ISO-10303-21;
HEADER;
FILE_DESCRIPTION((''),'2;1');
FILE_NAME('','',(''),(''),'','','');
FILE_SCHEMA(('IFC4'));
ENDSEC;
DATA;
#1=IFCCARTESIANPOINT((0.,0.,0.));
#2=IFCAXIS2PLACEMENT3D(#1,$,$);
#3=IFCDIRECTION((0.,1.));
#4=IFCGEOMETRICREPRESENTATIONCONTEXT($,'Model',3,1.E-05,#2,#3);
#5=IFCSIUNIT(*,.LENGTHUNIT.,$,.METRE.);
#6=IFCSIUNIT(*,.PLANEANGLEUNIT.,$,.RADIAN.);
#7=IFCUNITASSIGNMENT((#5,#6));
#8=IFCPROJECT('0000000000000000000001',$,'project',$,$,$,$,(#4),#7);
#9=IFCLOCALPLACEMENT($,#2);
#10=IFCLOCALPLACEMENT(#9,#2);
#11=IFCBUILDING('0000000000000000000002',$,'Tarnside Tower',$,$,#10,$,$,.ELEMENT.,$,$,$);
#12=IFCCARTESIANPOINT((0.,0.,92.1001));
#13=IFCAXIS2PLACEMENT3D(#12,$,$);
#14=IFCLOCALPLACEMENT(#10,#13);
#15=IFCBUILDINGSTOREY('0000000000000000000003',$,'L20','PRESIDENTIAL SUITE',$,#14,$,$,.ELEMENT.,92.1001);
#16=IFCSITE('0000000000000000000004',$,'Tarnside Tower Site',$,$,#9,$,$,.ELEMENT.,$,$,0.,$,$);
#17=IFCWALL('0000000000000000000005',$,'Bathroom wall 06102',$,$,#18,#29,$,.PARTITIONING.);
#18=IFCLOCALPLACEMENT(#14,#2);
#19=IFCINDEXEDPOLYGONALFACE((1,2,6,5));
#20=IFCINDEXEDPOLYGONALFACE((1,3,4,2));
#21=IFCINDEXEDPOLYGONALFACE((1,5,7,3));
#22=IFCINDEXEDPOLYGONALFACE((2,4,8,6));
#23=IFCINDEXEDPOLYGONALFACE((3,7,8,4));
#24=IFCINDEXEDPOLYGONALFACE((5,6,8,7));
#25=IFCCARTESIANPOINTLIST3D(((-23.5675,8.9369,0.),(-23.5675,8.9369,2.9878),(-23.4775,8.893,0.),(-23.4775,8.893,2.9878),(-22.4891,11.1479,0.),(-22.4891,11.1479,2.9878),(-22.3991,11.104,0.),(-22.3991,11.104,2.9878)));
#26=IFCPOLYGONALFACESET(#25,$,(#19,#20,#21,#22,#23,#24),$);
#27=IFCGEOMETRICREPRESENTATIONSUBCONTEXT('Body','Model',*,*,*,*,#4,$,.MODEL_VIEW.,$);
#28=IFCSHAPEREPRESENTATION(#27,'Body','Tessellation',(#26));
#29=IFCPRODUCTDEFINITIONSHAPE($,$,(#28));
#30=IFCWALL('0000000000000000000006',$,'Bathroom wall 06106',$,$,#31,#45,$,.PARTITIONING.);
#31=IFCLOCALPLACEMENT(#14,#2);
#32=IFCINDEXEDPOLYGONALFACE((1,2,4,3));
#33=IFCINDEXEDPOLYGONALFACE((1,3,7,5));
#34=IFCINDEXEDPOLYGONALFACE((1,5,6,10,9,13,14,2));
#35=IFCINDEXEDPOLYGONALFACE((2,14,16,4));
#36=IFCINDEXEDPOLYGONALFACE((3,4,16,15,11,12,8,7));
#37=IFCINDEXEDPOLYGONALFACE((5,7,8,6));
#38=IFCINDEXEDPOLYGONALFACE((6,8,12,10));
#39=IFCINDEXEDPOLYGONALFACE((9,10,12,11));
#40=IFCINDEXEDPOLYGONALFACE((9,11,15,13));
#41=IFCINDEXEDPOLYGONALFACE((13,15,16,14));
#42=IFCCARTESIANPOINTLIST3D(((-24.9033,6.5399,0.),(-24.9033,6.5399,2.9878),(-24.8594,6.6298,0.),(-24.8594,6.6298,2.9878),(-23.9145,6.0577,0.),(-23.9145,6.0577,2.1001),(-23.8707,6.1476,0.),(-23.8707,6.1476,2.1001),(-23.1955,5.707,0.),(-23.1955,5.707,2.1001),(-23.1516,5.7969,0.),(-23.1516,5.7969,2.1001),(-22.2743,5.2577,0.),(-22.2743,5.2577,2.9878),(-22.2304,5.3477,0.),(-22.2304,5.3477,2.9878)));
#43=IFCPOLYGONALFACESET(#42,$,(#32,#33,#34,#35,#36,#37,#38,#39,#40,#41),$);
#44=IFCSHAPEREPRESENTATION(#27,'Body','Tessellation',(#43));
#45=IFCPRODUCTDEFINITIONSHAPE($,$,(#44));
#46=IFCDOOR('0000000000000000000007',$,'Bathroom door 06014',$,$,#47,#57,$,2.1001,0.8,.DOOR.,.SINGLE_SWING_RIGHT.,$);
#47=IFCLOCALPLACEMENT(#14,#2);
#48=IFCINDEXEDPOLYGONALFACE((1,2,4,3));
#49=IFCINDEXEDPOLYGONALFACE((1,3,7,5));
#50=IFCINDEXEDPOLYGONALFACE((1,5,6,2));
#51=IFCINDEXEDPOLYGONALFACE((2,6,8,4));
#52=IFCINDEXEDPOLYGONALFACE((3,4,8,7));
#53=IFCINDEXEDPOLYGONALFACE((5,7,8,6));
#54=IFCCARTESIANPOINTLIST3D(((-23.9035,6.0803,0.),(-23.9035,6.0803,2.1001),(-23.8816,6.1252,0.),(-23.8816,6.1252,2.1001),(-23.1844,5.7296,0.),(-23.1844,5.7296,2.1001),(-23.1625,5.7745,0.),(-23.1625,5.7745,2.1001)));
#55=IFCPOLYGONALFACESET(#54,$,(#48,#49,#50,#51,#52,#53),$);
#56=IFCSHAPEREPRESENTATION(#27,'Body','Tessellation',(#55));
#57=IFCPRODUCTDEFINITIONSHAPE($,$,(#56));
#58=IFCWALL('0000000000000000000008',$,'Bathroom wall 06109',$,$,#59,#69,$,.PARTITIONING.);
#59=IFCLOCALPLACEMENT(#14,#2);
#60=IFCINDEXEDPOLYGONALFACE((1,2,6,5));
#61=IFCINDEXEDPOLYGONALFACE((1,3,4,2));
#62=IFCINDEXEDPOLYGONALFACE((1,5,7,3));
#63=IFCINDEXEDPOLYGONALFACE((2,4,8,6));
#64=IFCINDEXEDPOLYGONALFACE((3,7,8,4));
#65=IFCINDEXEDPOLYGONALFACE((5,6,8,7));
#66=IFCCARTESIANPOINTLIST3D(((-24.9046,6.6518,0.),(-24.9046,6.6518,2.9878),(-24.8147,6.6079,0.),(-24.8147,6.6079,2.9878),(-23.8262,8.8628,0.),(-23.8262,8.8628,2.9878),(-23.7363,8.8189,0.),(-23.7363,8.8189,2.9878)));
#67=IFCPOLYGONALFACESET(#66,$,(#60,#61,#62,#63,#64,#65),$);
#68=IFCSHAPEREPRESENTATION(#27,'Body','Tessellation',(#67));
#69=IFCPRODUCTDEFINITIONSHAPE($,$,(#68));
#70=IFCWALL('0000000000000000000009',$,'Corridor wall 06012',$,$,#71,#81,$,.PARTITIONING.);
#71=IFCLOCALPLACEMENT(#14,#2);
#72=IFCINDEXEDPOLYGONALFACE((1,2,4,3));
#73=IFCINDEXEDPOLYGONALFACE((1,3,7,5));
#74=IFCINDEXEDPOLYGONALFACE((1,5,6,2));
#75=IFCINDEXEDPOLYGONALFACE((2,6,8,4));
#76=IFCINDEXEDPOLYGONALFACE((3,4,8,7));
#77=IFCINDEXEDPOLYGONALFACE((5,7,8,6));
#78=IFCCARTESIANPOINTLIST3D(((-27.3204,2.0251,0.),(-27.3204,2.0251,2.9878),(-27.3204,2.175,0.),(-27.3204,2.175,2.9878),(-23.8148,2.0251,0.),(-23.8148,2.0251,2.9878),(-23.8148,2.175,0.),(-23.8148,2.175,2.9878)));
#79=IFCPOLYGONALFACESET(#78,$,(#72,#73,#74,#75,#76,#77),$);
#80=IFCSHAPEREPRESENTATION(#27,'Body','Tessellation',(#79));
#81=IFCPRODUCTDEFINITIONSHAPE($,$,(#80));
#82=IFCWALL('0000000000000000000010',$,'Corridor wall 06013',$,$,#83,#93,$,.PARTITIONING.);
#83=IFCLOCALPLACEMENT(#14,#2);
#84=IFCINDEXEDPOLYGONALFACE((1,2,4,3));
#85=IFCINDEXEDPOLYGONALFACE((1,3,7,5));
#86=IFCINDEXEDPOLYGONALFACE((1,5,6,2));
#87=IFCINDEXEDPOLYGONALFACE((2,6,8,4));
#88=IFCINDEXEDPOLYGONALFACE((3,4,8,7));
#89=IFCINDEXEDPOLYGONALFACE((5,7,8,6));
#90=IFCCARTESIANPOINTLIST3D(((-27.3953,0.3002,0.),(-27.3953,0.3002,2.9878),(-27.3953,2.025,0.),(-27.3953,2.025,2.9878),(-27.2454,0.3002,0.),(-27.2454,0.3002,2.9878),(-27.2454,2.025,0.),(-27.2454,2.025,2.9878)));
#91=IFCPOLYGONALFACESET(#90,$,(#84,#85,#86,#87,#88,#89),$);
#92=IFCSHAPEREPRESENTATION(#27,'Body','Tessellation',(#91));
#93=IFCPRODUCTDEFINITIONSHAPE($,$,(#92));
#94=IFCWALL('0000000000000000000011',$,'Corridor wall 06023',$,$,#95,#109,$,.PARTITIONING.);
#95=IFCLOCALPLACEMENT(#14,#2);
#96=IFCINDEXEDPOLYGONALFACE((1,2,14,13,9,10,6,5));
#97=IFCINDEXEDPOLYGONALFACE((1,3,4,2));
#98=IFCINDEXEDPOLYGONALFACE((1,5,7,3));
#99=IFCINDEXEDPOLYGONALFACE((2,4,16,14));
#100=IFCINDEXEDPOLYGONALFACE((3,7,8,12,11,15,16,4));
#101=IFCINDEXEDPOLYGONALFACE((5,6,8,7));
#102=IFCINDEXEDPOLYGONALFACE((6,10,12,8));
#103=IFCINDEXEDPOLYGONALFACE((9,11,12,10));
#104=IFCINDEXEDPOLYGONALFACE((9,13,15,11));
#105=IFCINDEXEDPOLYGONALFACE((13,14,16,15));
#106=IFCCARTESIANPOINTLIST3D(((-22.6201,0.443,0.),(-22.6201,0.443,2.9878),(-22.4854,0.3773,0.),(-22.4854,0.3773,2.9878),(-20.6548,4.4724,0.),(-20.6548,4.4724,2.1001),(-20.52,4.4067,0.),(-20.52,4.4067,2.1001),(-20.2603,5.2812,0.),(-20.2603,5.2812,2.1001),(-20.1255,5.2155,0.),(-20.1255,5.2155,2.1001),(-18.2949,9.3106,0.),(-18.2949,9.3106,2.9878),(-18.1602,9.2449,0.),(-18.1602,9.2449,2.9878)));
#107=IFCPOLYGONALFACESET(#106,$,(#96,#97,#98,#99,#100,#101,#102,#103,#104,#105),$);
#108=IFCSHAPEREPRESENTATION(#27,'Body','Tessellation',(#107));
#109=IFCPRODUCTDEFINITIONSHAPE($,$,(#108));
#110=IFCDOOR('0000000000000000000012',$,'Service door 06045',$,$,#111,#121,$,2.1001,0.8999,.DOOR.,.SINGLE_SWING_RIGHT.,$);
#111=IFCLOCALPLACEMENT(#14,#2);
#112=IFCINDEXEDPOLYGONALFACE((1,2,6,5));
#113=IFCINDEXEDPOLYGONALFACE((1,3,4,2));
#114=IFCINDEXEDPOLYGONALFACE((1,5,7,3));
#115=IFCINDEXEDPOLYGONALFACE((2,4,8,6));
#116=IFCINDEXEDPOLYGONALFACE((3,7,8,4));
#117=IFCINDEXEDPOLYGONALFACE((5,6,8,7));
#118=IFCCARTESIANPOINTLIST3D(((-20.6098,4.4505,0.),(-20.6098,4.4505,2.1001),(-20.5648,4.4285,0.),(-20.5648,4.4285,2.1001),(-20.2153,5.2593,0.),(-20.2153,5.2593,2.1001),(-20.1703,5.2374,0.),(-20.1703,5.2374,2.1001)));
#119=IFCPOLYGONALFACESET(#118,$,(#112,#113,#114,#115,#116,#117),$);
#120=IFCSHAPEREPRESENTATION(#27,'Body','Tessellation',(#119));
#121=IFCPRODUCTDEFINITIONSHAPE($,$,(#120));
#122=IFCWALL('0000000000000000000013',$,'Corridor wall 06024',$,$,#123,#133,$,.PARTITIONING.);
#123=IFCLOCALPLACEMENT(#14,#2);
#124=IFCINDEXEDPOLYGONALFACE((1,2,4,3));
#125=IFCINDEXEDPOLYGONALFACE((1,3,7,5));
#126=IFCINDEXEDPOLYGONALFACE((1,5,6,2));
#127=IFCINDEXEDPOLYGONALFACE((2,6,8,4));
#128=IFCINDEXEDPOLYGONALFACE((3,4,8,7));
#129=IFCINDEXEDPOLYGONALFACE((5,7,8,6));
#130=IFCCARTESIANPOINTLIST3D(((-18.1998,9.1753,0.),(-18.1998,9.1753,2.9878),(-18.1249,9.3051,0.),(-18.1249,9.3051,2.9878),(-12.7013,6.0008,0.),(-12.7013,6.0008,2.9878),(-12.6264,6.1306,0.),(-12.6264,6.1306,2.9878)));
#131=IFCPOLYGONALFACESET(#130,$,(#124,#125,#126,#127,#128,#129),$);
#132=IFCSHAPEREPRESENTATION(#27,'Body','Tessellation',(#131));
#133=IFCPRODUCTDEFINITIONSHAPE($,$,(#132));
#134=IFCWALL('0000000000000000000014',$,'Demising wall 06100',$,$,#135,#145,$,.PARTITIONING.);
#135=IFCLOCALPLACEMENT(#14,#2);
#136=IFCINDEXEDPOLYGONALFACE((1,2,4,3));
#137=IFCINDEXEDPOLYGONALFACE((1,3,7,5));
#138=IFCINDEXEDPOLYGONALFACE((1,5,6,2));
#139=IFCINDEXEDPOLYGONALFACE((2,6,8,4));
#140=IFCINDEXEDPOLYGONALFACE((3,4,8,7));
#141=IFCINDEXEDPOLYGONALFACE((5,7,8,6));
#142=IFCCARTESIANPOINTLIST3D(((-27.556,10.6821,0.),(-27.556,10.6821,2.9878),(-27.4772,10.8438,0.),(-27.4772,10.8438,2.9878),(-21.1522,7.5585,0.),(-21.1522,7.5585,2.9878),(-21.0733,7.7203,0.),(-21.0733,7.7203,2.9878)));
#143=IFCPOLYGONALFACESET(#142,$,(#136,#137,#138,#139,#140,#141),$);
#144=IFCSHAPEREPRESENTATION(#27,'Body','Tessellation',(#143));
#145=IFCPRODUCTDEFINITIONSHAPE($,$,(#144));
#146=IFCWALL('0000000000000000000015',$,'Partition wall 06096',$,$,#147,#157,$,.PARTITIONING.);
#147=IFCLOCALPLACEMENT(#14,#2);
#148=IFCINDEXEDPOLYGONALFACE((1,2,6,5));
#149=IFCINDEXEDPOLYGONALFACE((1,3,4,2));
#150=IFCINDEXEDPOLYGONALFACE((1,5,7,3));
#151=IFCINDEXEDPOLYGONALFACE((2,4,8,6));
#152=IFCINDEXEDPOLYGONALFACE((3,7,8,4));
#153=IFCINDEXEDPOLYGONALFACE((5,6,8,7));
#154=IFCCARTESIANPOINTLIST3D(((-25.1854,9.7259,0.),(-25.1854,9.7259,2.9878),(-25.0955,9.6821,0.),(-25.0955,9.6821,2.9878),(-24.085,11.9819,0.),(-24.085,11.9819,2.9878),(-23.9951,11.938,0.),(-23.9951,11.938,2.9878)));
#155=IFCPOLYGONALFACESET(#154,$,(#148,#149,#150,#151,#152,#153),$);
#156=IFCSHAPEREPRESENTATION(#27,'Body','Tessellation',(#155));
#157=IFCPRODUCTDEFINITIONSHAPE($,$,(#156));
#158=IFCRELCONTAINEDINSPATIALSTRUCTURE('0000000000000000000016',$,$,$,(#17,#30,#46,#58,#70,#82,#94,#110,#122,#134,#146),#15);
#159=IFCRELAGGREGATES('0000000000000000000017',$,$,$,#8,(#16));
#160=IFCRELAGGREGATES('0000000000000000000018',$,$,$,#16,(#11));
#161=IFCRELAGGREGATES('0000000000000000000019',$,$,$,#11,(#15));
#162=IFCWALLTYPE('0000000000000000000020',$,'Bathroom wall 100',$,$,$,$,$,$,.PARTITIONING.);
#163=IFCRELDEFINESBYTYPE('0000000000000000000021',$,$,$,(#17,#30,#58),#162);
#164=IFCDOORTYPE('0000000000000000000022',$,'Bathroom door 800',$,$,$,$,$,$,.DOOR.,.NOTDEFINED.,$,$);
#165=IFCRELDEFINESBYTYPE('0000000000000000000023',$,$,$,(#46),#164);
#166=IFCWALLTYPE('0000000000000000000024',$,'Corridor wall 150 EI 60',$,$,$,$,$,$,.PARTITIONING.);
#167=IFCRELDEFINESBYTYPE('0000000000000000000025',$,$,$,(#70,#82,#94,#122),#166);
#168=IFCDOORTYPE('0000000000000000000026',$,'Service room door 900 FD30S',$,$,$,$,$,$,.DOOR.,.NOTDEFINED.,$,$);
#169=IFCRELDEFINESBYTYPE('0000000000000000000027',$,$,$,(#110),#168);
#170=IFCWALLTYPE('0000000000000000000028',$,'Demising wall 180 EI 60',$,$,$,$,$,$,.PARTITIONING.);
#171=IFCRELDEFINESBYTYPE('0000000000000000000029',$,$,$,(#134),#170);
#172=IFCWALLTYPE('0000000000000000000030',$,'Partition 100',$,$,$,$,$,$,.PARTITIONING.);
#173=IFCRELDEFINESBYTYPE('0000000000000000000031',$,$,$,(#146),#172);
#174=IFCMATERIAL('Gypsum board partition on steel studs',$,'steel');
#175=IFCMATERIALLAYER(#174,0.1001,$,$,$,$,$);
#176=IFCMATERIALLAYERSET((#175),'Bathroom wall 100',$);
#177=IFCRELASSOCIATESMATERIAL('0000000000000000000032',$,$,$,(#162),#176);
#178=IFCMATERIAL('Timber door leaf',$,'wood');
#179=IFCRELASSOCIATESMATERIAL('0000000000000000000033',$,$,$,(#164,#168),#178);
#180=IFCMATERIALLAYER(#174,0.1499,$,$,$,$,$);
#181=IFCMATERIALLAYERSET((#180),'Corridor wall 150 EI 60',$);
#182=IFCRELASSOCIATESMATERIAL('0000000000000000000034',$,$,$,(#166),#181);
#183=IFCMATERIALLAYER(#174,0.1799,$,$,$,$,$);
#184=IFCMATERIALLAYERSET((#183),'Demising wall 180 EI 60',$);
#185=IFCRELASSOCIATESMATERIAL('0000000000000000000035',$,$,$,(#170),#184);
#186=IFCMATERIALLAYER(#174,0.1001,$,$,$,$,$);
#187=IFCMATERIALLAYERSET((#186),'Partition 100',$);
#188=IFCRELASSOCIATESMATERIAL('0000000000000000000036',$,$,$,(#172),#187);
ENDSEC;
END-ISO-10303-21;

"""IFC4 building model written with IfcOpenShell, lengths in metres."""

from ifc_helpers import new_model, si_unit, direction, frame, frame_2d, origin, place, context, subcontext, project, spatial, rectangle, extrude, material, layer, layer_set, type_object, element, fill, save


model = new_model("IFC4")

# Units and contexts
model_context = context("Model", 3, precision=1e-05, world=origin(), true_north=direction((0.0, 1.0)))
body_context = subcontext(model_context, "Body", "Model", "MODEL_VIEW")
ifc_project = project(units=[si_unit("LENGTHUNIT", "METRE"), si_unit("PLANEANGLEUNIT", "RADIAN")], contexts=[model_context])

# Site, building, storey
site_placement = place(None, origin())
site = spatial("IfcSite", under=ifc_project, at=site_placement, Name="Tarnside Tower Site", CompositionType="ELEMENT", RefElevation=0.0)
building_placement = place(site_placement, origin())
building = spatial("IfcBuilding", under=site, at=building_placement, Name="Tarnside Tower", CompositionType="ELEMENT")
storey_placement = place(building_placement, frame((0.0, 0.0, 92.1001)))
storey = spatial("IfcBuildingStorey", under=building, at=storey_placement, Name="L20", Description="PRESIDENTIAL SUITE", CompositionType="ELEMENT", Elevation=92.1001)

# Wall
ifc_material_1 = material(Name="Gypsum board partition on steel studs", Category="steel")
ifc_layer_1 = layer(ifc_material_1, 0.1001)
ifc_layer_set_1 = layer_set([ifc_layer_1], Name="Bathroom wall 100")
wall_type_1 = type_object("IfcWallType", Name="Bathroom wall 100", PredefinedType="PARTITIONING", material=ifc_layer_set_1)
wall_1_placement = place(storey_placement, frame((-22.4441, 11.126, 0.0), z_axis=(0.0, 0.0, 1.0), x_axis=(-0.438379, -0.89879, 0.0)))
element("IfcWall", 1, at=wall_1_placement, inside=storey, type_object=wall_type_1, Name="Bathroom wall 06102", PredefinedType="PARTITIONING", context=body_context, shape_type="SweptSolid", body=[
    extrude(rectangle(XDim=2.46, YDim=0.1001, at=frame_2d((1.23, 0.0))), origin(), (0.0, 0.0, 1.0), 2.9878),
])

# Wall, opening, door
wall_2_placement = place(storey_placement, frame((-22.2524, 5.3027, 0.0), z_axis=(0.0, 0.0, 1.0), x_axis=(-0.898807, 0.438345, 0.0)))
wall_2 = element("IfcWall", 2, at=wall_2_placement, inside=storey, type_object=wall_type_1, Name="Bathroom wall 06106", PredefinedType="PARTITIONING", context=body_context, shape_type="SweptSolid", body=[
    extrude(rectangle(XDim=2.925, YDim=0.1001, at=frame_2d((1.4624, 0.0))), origin(), (0.0, 0.0, 1.0), 2.9878),
])
opening_1_placement = place(wall_2_placement, frame((1.0249, 0.0, 0.0)))
opening_1 = element("IfcOpeningElement", 3, at=opening_1_placement, cuts=wall_2, PredefinedType="OPENING", context=body_context, shape_type="SweptSolid", body=[
    extrude(rectangle(XDim=0.8, YDim=2.1001, at=frame_2d((0.3999, 1.05))), frame((0.0, 0.0601, 0.0), z_axis=(0.0, -1.0, 0.0), x_axis=(1.0, 0.0, 0.0)), (0.0, 0.0, 1.0), 0.1201),
])
ifc_material_2 = material(Name="Timber door leaf", Category="wood")
door_type_1 = type_object("IfcDoorType", Name="Bathroom door 800", OperationType="NOTDEFINED", PredefinedType="DOOR", material=ifc_material_2)
door_1_placement = place(opening_1_placement, origin())
door_1 = element("IfcDoor", 4, at=door_1_placement, inside=storey, type_object=door_type_1, Name="Bathroom door 06014", OperationType="SINGLE_SWING_RIGHT", OverallHeight=2.1001, OverallWidth=0.8, PredefinedType="DOOR", context=body_context, shape_type="SweptSolid", body=[
    extrude(rectangle(XDim=0.8, YDim=2.1001, at=frame_2d((0.3999, 1.05))), frame((0.0, 0.0249, 0.0), z_axis=(0.0, -1.0, 0.0), x_axis=(1.0, 0.0, 0.0)), (0.0, 0.0, 1.0), 0.05),
])
fill(opening_1, door_1)

# Walls
wall_3_placement = place(storey_placement, frame((-23.7812, 8.8408, 0.0), z_axis=(0.0, 0.0, 1.0), x_axis=(-0.438379, -0.89879, 0.0)))
element("IfcWall", 5, at=wall_3_placement, inside=storey, type_object=wall_type_1, Name="Bathroom wall 06109", PredefinedType="PARTITIONING", context=body_context, shape_type="SweptSolid", body=[
    extrude(rectangle(XDim=2.46, YDim=0.1001, at=frame_2d((1.23, 0.0))), origin(), (0.0, 0.0, 1.0), 2.9878),
])
ifc_layer_2 = layer(ifc_material_1, 0.1499)
ifc_layer_set_2 = layer_set([ifc_layer_2], Name="Corridor wall 150 EI 60")
wall_type_2 = type_object("IfcWallType", Name="Corridor wall 150 EI 60", PredefinedType="PARTITIONING", material=ifc_layer_set_2)
wall_4_placement = place(storey_placement, frame((-23.8147, 2.1001, 0.0), z_axis=(0.0, 0.0, 1.0), x_axis=(-1.0, 0.0, 0.0)))
element("IfcWall", 6, at=wall_4_placement, inside=storey, type_object=wall_type_2, Name="Corridor wall 06012", PredefinedType="PARTITIONING", context=body_context, shape_type="SweptSolid", body=[
    extrude(rectangle(XDim=3.5056, YDim=0.1499, at=frame_2d((1.7529, 0.0))), origin(), (0.0, 0.0, 1.0), 2.9878),
])
wall_5_placement = place(storey_placement, frame((-27.3203, 2.0249, 0.0), z_axis=(0.0, 0.0, 1.0), x_axis=(0.0, -1.0, 0.0)))
element("IfcWall", 7, at=wall_5_placement, inside=storey, type_object=wall_type_2, Name="Corridor wall 06013", PredefinedType="PARTITIONING", context=body_context, shape_type="SweptSolid", body=[
    extrude(rectangle(XDim=1.7249, YDim=0.1499, at=frame_2d((0.8623, 0.0))), origin(), (0.0, 0.0, 1.0), 2.9878),
])

# Wall, opening, door
wall_6_placement = place(storey_placement, frame((-22.5527, 0.4102, 0.0), z_axis=(0.0, 0.0, 1.0), x_axis=(0.438383, 0.898788, 0.0)))
wall_6 = element("IfcWall", 8, at=wall_6_placement, inside=storey, type_object=wall_type_2, Name="Corridor wall 06023", PredefinedType="PARTITIONING", context=body_context, shape_type="SweptSolid", body=[
    extrude(rectangle(XDim=9.8662, YDim=0.1499, at=frame_2d((4.9331, 0.0))), origin(), (0.0, 0.0, 1.0), 2.9878),
])
opening_2_placement = place(wall_6_placement, frame((4.4832, 0.0, 0.0)))
opening_2 = element("IfcOpeningElement", 9, at=opening_2_placement, cuts=wall_6, PredefinedType="OPENING", context=body_context, shape_type="SweptSolid", body=[
    extrude(rectangle(XDim=0.8999, YDim=2.1001, at=frame_2d((0.45, 1.05))), frame((0.0, 0.085, 0.0), z_axis=(0.0, -1.0, 0.0), x_axis=(1.0, 0.0, 0.0)), (0.0, 0.0, 1.0), 0.1699),
])
door_type_2 = type_object("IfcDoorType", Name="Service room door 900 FD30S", OperationType="NOTDEFINED", PredefinedType="DOOR", material=ifc_material_2)
door_2_placement = place(opening_2_placement, origin())
door_2 = element("IfcDoor", 10, at=door_2_placement, inside=storey, type_object=door_type_2, Name="Service door 06045", OperationType="SINGLE_SWING_RIGHT", OverallHeight=2.1001, OverallWidth=0.8999, PredefinedType="DOOR", context=body_context, shape_type="SweptSolid", body=[
    extrude(rectangle(XDim=0.8999, YDim=2.1001, at=frame_2d((0.45, 1.05))), frame((0.0, 0.0249, 0.0), z_axis=(0.0, -1.0, 0.0), x_axis=(1.0, 0.0, 0.0)), (0.0, 0.0, 1.0), 0.05),
])
fill(opening_2, door_2)

# Walls
wall_7_placement = place(storey_placement, frame((-18.1624, 9.2402, 0.0), z_axis=(0.0, 0.0, 1.0), x_axis=(0.866027, -0.499998, 0.0)))
element("IfcWall", 11, at=wall_7_placement, inside=storey, type_object=wall_type_2, Name="Corridor wall 06024", PredefinedType="PARTITIONING", context=body_context, shape_type="SweptSolid", body=[
    extrude(rectangle(XDim=6.3491, YDim=0.1499, at=frame_2d((3.1746, 0.0))), origin(), (0.0, 0.0, 1.0), 2.9878),
])
ifc_layer_3 = layer(ifc_material_1, 0.1799)
ifc_layer_set_3 = layer_set([ifc_layer_3], Name="Demising wall 180 EI 60")
wall_type_3 = type_object("IfcWallType", Name="Demising wall 180 EI 60", PredefinedType="PARTITIONING", material=ifc_layer_set_3)
wall_8_placement = place(storey_placement, frame((-27.5166, 10.7629, 0.0), z_axis=(0.0, 0.0, 1.0), x_axis=(0.898784, -0.438393, 0.0)))
element("IfcWall", 12, at=wall_8_placement, inside=storey, type_object=wall_type_3, Name="Demising wall 06100", PredefinedType="PARTITIONING", context=body_context, shape_type="SweptSolid", body=[
    extrude(rectangle(XDim=7.125, YDim=0.1799, at=frame_2d((3.5625, 0.0))), origin(), (0.0, 0.0, 1.0), 2.9878),
])
ifc_layer_4 = layer(ifc_material_1, 0.1001)
ifc_layer_set_4 = layer_set([ifc_layer_4], Name="Partition 100")
wall_type_4 = type_object("IfcWallType", Name="Partition 100", PredefinedType="PARTITIONING", material=ifc_layer_set_4)
wall_9_placement = place(storey_placement, frame((-25.1404, 9.7041, 0.0), z_axis=(0.0, 0.0, 1.0), x_axis=(0.438399, 0.898781, 0.0)))
element("IfcWall", 13, at=wall_9_placement, inside=storey, type_object=wall_type_4, Name="Partition wall 06096", PredefinedType="PARTITIONING", context=body_context, shape_type="SweptSolid", body=[
    extrude(rectangle(XDim=2.51, YDim=0.1001, at=frame_2d((1.2549, 0.0))), origin(), (0.0, 0.0, 1.0), 2.9878),
])

save(model, "model.ifc")
